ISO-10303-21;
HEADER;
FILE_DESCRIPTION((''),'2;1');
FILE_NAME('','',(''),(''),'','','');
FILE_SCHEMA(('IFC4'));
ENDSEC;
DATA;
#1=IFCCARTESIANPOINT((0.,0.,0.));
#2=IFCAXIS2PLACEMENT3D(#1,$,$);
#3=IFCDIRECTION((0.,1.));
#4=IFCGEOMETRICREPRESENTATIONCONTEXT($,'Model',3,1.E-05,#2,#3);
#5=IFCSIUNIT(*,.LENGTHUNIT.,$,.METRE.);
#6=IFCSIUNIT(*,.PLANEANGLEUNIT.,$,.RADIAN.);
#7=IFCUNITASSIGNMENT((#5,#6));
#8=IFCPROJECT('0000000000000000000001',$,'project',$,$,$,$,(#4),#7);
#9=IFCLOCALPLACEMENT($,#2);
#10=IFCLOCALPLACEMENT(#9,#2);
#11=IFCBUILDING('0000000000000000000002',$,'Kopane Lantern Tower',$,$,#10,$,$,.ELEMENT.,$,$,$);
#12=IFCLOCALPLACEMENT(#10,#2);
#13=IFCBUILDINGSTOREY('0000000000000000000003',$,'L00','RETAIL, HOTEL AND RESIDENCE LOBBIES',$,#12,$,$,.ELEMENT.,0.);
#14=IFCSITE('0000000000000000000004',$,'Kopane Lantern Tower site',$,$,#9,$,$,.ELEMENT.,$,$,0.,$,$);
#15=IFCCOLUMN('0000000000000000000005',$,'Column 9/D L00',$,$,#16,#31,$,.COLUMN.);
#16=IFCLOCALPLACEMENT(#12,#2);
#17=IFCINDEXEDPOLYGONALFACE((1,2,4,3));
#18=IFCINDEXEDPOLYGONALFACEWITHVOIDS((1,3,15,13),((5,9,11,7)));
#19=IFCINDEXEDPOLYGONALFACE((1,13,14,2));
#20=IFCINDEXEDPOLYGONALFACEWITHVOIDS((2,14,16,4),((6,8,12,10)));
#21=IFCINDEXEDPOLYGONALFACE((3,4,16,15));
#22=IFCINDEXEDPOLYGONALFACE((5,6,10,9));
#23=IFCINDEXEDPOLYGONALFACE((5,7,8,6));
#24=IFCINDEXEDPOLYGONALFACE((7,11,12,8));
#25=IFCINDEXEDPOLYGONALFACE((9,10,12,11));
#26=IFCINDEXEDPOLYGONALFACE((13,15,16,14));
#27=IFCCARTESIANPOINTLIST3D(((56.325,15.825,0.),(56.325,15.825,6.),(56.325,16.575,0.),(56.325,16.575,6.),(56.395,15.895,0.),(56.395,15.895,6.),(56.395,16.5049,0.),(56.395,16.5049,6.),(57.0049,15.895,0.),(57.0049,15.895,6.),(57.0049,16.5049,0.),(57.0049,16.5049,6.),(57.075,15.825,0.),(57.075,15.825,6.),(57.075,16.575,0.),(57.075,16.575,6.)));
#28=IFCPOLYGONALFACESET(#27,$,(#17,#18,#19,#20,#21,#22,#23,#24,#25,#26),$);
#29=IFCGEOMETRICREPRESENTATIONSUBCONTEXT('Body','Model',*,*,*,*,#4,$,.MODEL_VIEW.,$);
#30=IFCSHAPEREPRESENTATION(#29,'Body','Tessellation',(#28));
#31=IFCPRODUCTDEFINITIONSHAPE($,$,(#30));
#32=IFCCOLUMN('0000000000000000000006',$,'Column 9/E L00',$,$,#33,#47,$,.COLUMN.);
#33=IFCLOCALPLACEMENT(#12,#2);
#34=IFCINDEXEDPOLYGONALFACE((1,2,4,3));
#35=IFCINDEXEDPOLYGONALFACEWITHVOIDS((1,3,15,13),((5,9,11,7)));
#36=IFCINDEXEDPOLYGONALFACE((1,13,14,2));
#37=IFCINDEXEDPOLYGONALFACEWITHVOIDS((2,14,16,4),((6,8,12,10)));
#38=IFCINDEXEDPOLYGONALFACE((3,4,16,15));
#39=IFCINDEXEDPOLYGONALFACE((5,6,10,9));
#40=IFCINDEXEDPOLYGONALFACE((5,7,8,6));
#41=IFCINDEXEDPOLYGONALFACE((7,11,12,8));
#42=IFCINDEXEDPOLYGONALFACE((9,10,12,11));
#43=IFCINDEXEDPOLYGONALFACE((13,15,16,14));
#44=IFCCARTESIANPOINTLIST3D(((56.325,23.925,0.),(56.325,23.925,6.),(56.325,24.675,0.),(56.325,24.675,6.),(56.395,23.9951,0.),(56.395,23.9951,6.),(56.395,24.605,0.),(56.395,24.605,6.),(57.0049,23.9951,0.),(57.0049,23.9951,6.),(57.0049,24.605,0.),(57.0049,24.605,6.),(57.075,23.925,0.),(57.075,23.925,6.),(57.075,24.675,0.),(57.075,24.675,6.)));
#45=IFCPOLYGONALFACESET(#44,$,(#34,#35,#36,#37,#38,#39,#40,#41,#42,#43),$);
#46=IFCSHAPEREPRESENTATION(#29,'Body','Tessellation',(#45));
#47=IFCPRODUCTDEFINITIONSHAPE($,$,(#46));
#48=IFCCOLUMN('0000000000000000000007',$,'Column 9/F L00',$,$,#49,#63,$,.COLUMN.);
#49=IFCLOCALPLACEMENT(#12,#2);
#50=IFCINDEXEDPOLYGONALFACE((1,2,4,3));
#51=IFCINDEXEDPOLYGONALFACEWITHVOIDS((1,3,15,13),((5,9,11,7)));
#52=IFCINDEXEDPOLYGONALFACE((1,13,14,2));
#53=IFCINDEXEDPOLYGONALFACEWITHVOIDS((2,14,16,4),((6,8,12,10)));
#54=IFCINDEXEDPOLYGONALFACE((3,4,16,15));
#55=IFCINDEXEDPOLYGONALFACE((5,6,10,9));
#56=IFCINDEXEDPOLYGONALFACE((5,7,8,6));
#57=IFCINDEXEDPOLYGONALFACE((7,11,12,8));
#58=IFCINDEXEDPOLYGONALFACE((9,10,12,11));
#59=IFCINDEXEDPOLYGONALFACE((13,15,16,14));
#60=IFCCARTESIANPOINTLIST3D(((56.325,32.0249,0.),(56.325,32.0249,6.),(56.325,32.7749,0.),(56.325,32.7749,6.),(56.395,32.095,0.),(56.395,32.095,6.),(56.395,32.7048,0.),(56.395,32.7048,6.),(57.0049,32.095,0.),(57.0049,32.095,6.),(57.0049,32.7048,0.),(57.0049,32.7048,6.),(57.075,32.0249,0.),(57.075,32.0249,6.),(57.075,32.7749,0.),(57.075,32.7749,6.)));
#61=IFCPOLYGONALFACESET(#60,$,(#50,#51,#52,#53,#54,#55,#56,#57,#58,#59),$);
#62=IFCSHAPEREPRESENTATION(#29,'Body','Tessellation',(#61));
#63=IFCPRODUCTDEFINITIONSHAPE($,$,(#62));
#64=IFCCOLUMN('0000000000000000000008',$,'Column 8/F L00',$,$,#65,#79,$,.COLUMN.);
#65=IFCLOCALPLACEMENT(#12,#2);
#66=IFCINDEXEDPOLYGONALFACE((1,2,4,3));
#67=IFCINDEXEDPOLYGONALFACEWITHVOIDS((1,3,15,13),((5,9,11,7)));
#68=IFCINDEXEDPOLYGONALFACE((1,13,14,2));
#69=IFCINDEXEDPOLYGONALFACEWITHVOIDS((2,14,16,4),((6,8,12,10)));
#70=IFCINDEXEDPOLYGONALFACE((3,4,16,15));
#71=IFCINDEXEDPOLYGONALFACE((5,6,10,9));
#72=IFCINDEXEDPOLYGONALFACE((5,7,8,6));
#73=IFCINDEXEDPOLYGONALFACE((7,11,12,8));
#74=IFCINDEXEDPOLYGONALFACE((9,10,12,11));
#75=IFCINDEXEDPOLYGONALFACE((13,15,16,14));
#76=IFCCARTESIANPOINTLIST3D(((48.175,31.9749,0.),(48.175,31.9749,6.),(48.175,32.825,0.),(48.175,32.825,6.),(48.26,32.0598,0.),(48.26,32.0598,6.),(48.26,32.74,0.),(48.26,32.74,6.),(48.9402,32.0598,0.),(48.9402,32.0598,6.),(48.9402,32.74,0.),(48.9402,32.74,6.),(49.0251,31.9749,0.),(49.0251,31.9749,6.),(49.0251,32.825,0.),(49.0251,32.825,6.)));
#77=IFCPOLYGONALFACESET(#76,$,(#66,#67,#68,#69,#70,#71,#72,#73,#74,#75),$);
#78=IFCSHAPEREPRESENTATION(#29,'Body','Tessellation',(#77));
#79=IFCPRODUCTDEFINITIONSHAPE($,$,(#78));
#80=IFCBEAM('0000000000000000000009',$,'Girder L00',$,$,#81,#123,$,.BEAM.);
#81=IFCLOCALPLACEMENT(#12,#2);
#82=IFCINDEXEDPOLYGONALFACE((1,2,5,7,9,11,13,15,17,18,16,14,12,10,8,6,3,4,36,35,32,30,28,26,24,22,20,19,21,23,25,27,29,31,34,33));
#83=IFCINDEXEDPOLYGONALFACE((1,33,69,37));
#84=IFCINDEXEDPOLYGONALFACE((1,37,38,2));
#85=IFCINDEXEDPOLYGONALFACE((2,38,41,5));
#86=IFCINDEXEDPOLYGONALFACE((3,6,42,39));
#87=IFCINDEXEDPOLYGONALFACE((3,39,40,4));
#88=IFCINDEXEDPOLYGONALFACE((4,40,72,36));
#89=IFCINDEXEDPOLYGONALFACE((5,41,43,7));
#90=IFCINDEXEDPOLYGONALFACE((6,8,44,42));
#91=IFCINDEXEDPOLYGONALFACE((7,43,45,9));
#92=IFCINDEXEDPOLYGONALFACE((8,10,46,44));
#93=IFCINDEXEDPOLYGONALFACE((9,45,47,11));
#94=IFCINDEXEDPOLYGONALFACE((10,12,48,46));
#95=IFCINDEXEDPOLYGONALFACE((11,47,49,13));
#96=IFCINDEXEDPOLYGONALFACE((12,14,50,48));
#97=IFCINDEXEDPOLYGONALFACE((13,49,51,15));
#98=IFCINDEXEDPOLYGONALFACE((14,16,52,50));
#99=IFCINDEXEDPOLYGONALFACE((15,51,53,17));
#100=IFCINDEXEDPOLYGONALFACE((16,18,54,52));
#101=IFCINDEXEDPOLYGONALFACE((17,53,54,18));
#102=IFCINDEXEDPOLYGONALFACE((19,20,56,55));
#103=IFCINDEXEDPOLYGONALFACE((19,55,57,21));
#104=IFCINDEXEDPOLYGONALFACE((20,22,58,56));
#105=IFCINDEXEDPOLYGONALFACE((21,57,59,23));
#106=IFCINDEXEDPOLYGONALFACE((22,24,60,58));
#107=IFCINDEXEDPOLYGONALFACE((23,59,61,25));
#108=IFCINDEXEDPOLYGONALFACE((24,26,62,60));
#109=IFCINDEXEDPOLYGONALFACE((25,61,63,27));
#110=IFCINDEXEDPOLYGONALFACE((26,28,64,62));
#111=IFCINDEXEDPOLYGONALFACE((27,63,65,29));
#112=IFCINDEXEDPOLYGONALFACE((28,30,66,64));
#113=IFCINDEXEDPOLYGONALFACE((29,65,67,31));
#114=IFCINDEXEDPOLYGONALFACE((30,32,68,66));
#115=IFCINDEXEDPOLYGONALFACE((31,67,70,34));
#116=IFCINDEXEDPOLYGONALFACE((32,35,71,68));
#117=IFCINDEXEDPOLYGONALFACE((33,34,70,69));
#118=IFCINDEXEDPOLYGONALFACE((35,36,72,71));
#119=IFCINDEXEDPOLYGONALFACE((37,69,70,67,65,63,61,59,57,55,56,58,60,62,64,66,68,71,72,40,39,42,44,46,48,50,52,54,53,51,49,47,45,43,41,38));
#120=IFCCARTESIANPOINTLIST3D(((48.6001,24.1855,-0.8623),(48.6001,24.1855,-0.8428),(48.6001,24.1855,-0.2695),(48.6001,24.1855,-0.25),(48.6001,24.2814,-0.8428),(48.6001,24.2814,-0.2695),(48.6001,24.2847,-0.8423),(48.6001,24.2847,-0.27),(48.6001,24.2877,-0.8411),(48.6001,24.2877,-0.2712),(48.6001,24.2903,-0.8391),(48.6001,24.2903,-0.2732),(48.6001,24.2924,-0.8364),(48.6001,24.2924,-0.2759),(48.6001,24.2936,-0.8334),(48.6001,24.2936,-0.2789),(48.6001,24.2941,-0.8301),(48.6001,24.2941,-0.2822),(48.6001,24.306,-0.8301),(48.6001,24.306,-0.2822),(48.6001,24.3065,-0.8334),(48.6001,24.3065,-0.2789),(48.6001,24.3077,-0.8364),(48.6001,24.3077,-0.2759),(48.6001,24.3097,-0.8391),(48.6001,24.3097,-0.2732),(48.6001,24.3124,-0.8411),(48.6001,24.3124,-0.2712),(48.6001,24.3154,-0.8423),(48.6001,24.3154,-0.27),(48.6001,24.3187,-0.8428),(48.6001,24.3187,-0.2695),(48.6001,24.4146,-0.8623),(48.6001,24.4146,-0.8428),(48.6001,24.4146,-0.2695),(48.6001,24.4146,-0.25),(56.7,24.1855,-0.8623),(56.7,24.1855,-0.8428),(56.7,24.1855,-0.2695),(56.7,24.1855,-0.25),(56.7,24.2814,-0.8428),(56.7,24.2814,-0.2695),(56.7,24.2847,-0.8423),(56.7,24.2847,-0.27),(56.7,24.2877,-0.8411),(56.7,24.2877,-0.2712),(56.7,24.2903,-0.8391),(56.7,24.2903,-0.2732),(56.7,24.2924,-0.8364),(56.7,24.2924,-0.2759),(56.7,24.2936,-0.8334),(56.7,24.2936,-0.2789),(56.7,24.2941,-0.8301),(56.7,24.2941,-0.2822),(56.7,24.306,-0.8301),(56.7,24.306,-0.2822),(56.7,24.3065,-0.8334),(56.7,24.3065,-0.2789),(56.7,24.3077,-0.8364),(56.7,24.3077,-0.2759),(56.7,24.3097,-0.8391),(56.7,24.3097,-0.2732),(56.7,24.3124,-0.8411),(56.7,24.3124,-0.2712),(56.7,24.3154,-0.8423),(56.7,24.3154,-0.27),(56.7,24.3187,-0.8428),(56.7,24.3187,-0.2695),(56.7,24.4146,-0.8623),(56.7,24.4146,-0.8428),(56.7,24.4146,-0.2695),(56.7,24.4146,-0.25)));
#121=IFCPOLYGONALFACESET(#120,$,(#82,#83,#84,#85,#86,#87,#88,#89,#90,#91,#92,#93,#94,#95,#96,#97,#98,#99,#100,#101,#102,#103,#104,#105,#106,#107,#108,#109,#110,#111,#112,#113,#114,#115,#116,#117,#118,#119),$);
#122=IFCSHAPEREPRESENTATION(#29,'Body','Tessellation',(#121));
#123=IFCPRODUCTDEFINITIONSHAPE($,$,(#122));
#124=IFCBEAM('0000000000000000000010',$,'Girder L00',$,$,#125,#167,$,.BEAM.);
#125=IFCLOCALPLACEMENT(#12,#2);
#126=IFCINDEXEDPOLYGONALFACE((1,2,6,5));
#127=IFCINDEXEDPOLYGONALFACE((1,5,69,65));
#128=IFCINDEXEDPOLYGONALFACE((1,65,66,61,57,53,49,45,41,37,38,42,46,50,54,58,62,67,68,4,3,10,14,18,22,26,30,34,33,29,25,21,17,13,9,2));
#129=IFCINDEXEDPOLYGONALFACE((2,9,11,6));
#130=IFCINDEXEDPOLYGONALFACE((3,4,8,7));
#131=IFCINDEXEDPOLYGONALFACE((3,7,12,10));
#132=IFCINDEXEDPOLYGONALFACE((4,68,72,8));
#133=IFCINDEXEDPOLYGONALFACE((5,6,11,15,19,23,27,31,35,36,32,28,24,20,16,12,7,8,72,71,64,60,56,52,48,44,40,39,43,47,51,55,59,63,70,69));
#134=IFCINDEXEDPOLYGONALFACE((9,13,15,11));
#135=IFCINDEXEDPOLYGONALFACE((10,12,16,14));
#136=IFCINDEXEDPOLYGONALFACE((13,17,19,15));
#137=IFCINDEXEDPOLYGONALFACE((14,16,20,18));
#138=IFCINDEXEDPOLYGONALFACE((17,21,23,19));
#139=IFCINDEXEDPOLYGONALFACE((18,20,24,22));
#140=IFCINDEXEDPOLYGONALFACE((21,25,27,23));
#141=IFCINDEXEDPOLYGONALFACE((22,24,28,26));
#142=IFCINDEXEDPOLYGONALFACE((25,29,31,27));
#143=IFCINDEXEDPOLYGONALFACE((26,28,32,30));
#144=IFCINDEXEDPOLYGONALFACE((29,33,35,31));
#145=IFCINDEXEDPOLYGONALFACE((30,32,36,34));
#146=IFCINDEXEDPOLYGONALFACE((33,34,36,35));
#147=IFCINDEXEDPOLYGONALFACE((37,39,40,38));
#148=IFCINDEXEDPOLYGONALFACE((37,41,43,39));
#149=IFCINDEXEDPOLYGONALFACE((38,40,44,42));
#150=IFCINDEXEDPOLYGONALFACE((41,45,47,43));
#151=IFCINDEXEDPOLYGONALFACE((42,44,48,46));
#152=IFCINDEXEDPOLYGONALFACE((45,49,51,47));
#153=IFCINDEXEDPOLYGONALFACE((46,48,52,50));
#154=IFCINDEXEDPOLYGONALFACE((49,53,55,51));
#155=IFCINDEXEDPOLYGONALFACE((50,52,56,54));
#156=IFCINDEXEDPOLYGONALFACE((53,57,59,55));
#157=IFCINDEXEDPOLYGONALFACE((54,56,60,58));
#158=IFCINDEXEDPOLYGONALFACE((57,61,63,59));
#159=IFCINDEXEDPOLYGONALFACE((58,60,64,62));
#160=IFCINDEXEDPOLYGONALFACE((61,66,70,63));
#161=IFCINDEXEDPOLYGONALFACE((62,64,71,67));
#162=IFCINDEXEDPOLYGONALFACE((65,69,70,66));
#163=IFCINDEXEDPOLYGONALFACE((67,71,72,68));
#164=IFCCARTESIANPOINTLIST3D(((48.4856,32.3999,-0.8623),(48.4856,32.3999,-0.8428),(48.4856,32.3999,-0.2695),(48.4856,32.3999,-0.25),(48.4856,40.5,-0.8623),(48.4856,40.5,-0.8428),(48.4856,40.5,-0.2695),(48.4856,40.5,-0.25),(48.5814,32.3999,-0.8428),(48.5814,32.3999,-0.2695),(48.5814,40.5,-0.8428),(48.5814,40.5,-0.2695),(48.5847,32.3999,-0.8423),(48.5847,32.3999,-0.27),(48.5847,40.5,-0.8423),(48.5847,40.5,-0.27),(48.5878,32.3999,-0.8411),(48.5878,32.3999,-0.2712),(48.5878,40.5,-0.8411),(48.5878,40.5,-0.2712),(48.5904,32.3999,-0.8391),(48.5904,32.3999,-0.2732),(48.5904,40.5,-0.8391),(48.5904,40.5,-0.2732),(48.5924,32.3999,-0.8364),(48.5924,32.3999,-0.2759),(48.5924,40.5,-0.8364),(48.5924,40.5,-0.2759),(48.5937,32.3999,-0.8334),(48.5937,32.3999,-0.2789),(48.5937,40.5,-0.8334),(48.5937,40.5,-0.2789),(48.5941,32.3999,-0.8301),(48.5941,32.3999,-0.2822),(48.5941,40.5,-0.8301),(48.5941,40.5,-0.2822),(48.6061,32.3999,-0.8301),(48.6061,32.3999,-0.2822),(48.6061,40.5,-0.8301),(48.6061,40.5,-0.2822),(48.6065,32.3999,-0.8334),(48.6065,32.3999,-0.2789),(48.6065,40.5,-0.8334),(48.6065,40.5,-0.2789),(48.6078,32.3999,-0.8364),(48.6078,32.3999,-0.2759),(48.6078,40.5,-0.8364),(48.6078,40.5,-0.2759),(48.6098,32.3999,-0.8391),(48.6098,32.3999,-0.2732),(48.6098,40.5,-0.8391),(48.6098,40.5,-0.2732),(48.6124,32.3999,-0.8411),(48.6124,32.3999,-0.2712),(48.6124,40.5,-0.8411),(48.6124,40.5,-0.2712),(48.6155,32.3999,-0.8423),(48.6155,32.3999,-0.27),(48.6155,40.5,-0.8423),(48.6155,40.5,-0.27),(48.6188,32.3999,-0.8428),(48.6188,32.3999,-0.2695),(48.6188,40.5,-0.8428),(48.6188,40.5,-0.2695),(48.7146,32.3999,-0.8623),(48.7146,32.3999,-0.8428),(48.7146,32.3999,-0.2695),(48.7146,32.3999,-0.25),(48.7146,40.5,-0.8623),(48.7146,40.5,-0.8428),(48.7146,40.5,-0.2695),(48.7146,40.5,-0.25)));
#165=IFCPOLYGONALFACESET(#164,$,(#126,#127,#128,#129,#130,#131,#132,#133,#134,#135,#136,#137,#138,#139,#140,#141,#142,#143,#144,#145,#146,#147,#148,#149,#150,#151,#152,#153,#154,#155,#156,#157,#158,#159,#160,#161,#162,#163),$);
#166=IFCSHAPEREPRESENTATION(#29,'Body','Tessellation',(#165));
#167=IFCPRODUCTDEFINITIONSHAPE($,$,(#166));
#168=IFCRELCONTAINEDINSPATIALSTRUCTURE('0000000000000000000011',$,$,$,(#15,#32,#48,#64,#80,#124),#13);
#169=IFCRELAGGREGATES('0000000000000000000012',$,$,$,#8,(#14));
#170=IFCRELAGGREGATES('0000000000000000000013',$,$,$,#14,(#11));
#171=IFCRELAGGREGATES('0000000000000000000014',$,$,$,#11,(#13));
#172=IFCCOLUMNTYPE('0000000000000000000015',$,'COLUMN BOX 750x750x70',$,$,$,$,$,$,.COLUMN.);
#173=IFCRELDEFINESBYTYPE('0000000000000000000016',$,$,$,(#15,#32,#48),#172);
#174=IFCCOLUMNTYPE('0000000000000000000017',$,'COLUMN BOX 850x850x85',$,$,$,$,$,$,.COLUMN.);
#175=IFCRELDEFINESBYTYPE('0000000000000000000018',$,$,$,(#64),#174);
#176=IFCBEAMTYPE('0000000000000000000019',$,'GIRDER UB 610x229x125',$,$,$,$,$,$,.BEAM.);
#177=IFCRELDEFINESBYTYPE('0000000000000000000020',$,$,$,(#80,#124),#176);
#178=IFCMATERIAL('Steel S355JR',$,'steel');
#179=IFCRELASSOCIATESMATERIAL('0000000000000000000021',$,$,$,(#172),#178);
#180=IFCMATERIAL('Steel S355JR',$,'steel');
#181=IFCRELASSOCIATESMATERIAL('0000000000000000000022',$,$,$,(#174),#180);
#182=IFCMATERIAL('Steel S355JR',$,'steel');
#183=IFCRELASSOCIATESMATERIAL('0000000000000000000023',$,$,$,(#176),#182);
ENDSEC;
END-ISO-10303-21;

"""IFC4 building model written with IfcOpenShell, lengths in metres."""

from ifc_helpers import new_model, si_unit, direction, frame, origin, origin_2d, place, context, subcontext, project, spatial, hollow_rectangle, i_section, extrude, material, material_profile, profile_set, type_object, element, save


model = new_model("IFC4")

# Units and contexts
model_context = context("Model", 3, precision=1e-05, world=origin(), true_north=direction((0.0, 1.0)))
body_context = subcontext(model_context, "Body", "Model", "MODEL_VIEW")
ifc_project = project(units=[si_unit("LENGTHUNIT", "METRE"), si_unit("PLANEANGLEUNIT", "RADIAN")], contexts=[model_context])

# Site, building, storey
site_placement = place(None, origin())
site = spatial("IfcSite", under=ifc_project, at=site_placement, Name="Kopane Lantern Tower site", CompositionType="ELEMENT", RefElevation=0.0)
building_placement = place(site_placement, origin())
building = spatial("IfcBuilding", under=site, at=building_placement, Name="Kopane Lantern Tower", CompositionType="ELEMENT")
storey_placement = place(building_placement, origin())
storey = spatial("IfcBuildingStorey", under=building, at=storey_placement, Name="L00", Description="RETAIL, HOTEL AND RESIDENCE LOBBIES", CompositionType="ELEMENT", Elevation=0.0)

# Columns
ifc_material_1 = material(Name="Steel S355JR", Category="steel")
ifc_material_profile_1 = material_profile(ifc_material_1, hollow_rectangle(XDim=0.75, YDim=0.75, WallThickness=0.0701, at=origin_2d()), Name="BOX 750x750x70")
ifc_profile_set_1 = profile_set([ifc_material_profile_1], Name="Steel S355JR")
column_type_1 = type_object("IfcColumnType", Name="COLUMN BOX 750x750x70", PredefinedType="COLUMN", material=ifc_profile_set_1)
for number, where, z_axis, x_axis, name in (
    (1, (56.7, 16.2, 0.0), (0.0, 0.0, 1.0), (1.0, 0.0, 0.0), "Column 9/D L00"),
    (2, (56.7, 24.3, 0.0), (0.0, 0.0, 1.0), (1.0, 0.0, 0.0), "Column 9/E L00"),
    (3, (56.7, 32.3999, 0.0), (0.0, 0.0, 1.0), (1.0, 0.0, 0.0), "Column 9/F L00"),
):
    element("IfcColumn", number, at=place(storey_placement, frame(where, z_axis=z_axis, x_axis=x_axis)), inside=storey, type_object=column_type_1, Name=name, PredefinedType="COLUMN", context=body_context, shape_type="SweptSolid", body=[
        extrude(hollow_rectangle(XDim=0.75, YDim=0.75, WallThickness=0.0701, at=origin_2d()), origin(), (0.0, 0.0, 1.0), 6.0),
    ])
ifc_material_2 = material(Name="Steel S355JR", Category="steel")
ifc_material_profile_2 = material_profile(ifc_material_2, hollow_rectangle(XDim=0.8501, YDim=0.8501, WallThickness=0.085, at=origin_2d()), Name="BOX 850x850x85")
ifc_profile_set_2 = profile_set([ifc_material_profile_2], Name="Steel S355JR")
column_type_2 = type_object("IfcColumnType", Name="COLUMN BOX 850x850x85", PredefinedType="COLUMN", material=ifc_profile_set_2)
column_placement = place(storey_placement, frame((48.6001, 32.3999, 0.0), z_axis=(0.0, 0.0, 1.0), x_axis=(1.0, 0.0, 0.0)))
element("IfcColumn", 4, at=column_placement, inside=storey, type_object=column_type_2, Name="Column 8/F L00", PredefinedType="COLUMN", context=body_context, shape_type="SweptSolid", body=[
    extrude(hollow_rectangle(XDim=0.8501, YDim=0.8501, WallThickness=0.085, at=origin_2d()), origin(), (0.0, 0.0, 1.0), 6.0),
])

# Beams
ifc_material_3 = material(Name="Steel S355JR", Category="steel")
ifc_material_profile_3 = material_profile(ifc_material_3, i_section(OverallWidth=0.229, OverallDepth=0.6123, WebThickness=0.012, FlangeThickness=0.0195, FilletRadius=0.0127, at=origin_2d()), Name="UB 610x229x125")
ifc_profile_set_3 = profile_set([ifc_material_profile_3], Name="Steel S355JR")
beam_type = type_object("IfcBeamType", Name="GIRDER UB 610x229x125", PredefinedType="BEAM", material=ifc_profile_set_3)
beam_1_placement = place(storey_placement, frame((48.6001, 24.3, -0.5562), z_axis=(1.0, 0.0, 0.0), x_axis=(0.0, 1.0, 0.0)))
element("IfcBeam", 5, at=beam_1_placement, inside=storey, type_object=beam_type, Name="Girder L00", PredefinedType="BEAM", context=body_context, shape_type="SweptSolid", body=[
    extrude(i_section(OverallWidth=0.229, OverallDepth=0.6123, WebThickness=0.012, FlangeThickness=0.0195, FilletRadius=0.0127, at=origin_2d()), origin(), (0.0, 0.0, 1.0), 8.0999),
])
beam_2_placement = place(storey_placement, frame((48.6001, 32.3999, -0.5562), z_axis=(0.0, 1.0, 0.0), x_axis=(-1.0, 0.0, 0.0)))
element("IfcBeam", 6, at=beam_2_placement, inside=storey, type_object=beam_type, Name="Girder L00", PredefinedType="BEAM", context=body_context, shape_type="SweptSolid", body=[
    extrude(i_section(OverallWidth=0.229, OverallDepth=0.6123, WebThickness=0.012, FlangeThickness=0.0195, FilletRadius=0.0127, at=origin_2d()), origin(), (0.0, 0.0, 1.0), 8.1001),
])

save(model, "model.ifc")
